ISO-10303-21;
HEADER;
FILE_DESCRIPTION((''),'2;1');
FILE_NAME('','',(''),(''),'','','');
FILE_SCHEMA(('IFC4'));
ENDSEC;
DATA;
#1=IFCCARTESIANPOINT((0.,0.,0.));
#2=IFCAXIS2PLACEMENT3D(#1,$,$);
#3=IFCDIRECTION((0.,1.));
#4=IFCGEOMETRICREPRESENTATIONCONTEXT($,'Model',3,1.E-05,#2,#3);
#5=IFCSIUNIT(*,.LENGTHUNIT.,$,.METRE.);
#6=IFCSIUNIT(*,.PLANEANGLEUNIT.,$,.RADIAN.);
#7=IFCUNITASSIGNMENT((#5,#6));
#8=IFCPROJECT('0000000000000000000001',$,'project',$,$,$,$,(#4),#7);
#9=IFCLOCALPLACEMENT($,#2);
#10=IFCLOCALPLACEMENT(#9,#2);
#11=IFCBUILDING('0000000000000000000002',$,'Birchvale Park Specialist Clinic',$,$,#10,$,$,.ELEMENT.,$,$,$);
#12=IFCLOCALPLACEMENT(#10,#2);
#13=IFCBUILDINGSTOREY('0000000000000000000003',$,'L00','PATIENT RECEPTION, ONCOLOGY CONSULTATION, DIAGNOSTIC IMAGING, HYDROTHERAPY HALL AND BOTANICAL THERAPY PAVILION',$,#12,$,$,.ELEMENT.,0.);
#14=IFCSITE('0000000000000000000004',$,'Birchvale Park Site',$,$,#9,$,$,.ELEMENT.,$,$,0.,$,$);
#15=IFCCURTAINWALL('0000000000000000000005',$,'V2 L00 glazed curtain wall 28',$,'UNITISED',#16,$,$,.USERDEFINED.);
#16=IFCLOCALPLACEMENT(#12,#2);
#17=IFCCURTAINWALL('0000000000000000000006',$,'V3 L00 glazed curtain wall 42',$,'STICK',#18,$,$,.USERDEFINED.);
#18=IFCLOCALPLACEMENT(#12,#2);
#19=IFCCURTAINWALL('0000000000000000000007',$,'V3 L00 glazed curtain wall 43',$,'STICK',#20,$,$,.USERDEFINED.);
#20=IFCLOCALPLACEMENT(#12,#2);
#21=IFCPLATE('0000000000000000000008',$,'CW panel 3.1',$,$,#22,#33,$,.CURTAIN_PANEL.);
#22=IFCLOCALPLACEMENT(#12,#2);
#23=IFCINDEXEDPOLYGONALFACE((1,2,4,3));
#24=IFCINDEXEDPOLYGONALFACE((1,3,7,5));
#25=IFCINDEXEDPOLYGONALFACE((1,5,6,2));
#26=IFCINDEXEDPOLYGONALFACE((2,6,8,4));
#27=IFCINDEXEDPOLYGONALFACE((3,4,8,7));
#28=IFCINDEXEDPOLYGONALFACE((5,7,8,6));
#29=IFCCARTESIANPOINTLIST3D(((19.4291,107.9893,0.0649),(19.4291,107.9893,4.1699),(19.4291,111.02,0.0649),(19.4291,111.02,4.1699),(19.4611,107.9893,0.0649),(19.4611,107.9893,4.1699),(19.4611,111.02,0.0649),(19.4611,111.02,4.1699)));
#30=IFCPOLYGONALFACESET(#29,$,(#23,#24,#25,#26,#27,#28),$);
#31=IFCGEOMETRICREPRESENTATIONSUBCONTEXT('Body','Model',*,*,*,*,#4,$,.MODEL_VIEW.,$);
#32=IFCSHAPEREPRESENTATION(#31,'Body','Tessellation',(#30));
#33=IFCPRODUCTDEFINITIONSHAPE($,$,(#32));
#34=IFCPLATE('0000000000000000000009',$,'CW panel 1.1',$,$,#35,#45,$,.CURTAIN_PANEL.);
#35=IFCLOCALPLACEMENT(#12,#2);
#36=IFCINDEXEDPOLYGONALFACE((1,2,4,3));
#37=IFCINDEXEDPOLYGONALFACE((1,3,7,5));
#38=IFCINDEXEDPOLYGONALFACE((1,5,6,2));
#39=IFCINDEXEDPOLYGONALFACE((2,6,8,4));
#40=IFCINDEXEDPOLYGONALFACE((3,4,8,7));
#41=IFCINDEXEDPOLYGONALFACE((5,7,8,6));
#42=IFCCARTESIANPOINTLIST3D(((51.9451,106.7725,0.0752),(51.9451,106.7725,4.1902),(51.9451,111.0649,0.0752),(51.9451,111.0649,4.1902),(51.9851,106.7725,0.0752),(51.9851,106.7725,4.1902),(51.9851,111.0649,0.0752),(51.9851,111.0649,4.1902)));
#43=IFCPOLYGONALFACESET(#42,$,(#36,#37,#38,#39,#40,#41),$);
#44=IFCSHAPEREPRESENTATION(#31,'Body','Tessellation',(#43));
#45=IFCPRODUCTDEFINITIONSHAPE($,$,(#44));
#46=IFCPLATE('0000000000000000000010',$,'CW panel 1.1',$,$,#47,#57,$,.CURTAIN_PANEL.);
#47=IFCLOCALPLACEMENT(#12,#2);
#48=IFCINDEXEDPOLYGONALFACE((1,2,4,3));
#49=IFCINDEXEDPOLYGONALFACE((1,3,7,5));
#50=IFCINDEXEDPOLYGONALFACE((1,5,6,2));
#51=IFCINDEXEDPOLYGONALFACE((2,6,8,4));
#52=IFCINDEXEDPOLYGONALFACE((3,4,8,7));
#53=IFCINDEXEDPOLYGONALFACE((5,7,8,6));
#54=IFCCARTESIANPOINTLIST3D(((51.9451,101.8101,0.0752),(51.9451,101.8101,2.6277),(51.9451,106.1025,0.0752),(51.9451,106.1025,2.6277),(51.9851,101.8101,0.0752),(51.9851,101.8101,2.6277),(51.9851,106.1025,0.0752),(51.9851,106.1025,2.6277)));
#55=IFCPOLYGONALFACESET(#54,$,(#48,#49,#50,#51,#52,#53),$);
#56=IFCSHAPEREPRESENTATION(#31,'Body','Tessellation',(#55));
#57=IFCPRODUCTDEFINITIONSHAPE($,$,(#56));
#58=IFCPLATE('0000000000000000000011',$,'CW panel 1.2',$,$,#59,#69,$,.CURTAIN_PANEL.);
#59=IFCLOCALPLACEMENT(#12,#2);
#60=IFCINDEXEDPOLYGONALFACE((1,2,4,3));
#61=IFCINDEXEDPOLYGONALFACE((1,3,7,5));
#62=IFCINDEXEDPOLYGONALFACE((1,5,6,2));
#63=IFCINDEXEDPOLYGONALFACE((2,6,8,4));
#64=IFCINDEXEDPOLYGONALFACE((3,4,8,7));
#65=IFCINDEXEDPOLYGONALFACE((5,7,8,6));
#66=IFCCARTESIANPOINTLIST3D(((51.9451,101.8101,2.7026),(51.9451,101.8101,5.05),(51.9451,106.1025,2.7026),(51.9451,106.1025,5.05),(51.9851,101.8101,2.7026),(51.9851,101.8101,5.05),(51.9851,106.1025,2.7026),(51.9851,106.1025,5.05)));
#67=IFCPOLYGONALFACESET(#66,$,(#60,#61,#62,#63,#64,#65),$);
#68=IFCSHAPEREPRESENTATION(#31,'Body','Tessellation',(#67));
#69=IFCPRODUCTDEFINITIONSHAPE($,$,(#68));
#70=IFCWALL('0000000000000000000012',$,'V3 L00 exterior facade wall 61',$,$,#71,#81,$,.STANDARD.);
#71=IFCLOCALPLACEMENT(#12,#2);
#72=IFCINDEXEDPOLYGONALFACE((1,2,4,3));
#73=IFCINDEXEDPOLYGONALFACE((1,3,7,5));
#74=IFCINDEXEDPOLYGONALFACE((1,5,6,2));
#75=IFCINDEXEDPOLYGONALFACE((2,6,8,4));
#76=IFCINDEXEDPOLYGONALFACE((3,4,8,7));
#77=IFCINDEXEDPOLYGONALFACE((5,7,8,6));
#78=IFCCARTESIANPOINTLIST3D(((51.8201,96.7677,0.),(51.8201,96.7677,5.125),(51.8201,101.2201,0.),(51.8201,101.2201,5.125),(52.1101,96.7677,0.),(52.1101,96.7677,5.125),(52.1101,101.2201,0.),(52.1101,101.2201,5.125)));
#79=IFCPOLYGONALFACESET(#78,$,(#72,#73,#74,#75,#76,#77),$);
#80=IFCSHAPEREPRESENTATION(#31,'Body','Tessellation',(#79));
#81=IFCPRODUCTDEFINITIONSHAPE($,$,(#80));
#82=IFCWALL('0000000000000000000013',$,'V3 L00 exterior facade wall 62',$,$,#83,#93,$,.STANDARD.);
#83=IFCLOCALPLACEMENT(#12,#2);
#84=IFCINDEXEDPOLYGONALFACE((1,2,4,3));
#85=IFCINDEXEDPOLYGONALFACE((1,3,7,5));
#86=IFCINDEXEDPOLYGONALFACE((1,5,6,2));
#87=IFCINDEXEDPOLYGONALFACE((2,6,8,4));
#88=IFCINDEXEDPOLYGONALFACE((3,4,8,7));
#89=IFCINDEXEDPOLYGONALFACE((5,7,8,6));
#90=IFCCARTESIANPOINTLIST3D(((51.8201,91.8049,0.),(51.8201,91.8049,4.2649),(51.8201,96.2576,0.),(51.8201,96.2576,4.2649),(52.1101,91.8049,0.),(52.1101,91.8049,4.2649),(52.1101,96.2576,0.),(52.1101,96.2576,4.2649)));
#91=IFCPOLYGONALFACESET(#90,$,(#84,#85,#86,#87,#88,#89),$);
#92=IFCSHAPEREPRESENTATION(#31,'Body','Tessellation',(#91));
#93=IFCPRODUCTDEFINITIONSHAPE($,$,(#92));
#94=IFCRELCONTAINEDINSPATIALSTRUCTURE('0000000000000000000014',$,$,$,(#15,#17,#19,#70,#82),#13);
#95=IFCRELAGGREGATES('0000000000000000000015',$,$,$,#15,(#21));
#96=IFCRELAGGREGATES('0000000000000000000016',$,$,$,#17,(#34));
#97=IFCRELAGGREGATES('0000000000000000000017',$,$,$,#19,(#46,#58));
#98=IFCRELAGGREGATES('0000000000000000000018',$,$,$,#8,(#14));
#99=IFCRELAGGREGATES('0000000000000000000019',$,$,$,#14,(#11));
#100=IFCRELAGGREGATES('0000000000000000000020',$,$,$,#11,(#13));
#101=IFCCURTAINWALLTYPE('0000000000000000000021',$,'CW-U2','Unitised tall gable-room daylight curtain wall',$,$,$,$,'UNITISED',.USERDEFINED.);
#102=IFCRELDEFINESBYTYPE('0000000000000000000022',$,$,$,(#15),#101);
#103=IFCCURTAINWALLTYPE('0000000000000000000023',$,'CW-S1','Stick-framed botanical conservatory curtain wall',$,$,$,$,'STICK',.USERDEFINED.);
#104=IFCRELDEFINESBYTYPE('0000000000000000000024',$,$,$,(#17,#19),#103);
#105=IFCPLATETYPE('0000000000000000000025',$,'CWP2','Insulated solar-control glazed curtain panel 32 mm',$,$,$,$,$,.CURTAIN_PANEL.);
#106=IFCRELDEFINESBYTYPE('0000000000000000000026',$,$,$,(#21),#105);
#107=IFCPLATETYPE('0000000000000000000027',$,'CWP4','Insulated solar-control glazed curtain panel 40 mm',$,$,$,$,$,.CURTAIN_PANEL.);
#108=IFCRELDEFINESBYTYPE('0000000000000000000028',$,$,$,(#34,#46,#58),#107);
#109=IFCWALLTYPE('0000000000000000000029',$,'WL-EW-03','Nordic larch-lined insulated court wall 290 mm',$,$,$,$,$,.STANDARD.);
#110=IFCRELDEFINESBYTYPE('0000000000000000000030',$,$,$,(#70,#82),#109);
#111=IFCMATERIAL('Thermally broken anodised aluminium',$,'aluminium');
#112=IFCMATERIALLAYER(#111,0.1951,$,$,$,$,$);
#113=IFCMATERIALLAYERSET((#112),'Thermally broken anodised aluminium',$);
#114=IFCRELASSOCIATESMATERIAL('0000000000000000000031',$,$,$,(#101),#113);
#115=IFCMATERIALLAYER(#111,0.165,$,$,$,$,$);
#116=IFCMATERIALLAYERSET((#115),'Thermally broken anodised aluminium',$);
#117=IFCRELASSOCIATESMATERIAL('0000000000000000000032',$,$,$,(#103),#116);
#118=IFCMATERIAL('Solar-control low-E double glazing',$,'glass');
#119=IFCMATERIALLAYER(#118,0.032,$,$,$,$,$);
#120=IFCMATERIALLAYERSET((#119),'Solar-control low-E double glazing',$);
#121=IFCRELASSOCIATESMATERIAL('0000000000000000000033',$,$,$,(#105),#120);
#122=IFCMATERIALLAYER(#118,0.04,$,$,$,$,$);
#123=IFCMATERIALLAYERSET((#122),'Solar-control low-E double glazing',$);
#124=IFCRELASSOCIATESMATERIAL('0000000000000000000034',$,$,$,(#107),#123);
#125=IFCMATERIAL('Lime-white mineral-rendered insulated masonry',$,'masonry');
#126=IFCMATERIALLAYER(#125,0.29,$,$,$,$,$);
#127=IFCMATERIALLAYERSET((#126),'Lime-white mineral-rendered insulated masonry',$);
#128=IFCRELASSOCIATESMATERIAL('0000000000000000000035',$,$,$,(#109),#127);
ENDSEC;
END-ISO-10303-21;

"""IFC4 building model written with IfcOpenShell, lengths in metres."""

from ifc_helpers import new_model, si_unit, direction, frame, frame_2d, origin, origin_2d, place, context, subcontext, project, spatial, rectangle, extrude, material, layer, layer_set, type_object, element, aggregate, save


model = new_model("IFC4")

# Units and contexts
model_context = context("Model", 3, precision=1e-05, world=origin(), true_north=direction((0.0, 1.0)))
body_context = subcontext(model_context, "Body", "Model", "MODEL_VIEW")
ifc_project = project(units=[si_unit("LENGTHUNIT", "METRE"), si_unit("PLANEANGLEUNIT", "RADIAN")], contexts=[model_context])

# Site, building, storey
site_placement = place(None, origin())
site = spatial("IfcSite", under=ifc_project, at=site_placement, Name="Birchvale Park Site", CompositionType="ELEMENT", RefElevation=0.0)
building_placement = place(site_placement, origin())
building = spatial("IfcBuilding", under=site, at=building_placement, Name="Birchvale Park Specialist Clinic", CompositionType="ELEMENT")
storey_placement = place(building_placement, origin())
storey = spatial("IfcBuildingStorey", under=building, at=storey_placement, Name="L00", Description="PATIENT RECEPTION, ONCOLOGY CONSULTATION, DIAGNOSTIC IMAGING, HYDROTHERAPY HALL AND BOTANICAL THERAPY PAVILION", CompositionType="ELEMENT", Elevation=0.0)

# Curtain walls
ifc_material_1 = material(Name="Thermally broken anodised aluminium", Category="aluminium")
ifc_layer_1 = layer(ifc_material_1, 0.1951)
ifc_layer_set_1 = layer_set([ifc_layer_1], Name="Thermally broken anodised aluminium")
curtain_wall_type_1 = type_object("IfcCurtainWallType", Name="CW-U2", Description="Unitised tall gable-room daylight curtain wall", ElementType="UNITISED", PredefinedType="USERDEFINED", material=ifc_layer_set_1)
curtain_wall_1_placement = place(storey_placement, origin())
curtain_wall_1 = element("IfcCurtainWall", 1, at=curtain_wall_1_placement, inside=storey, type_object=curtain_wall_type_1, Name="V2 L00 glazed curtain wall 28", ObjectType="UNITISED", PredefinedType="USERDEFINED")
ifc_layer_2 = layer(ifc_material_1, 0.165)
ifc_layer_set_2 = layer_set([ifc_layer_2], Name="Thermally broken anodised aluminium")
curtain_wall_type_2 = type_object("IfcCurtainWallType", Name="CW-S1", Description="Stick-framed botanical conservatory curtain wall", ElementType="STICK", PredefinedType="USERDEFINED", material=ifc_layer_set_2)
curtain_wall_2_placement = place(storey_placement, origin())
curtain_wall_2 = element("IfcCurtainWall", 2, at=curtain_wall_2_placement, inside=storey, type_object=curtain_wall_type_2, Name="V3 L00 glazed curtain wall 42", ObjectType="STICK", PredefinedType="USERDEFINED")
curtain_wall_3_placement = place(storey_placement, origin())
curtain_wall_3 = element("IfcCurtainWall", 3, at=curtain_wall_3_placement, inside=storey, type_object=curtain_wall_type_2, Name="V3 L00 glazed curtain wall 43", ObjectType="STICK", PredefinedType="USERDEFINED")

# Plates
ifc_material_2 = material(Name="Solar-control low-E double glazing", Category="glass")
ifc_layer_3 = layer(ifc_material_2, 0.032)
ifc_layer_set_3 = layer_set([ifc_layer_3], Name="Solar-control low-E double glazing")
plate_type_1 = type_object("IfcPlateType", Name="CWP2", Description="Insulated solar-control glazed curtain panel 32 mm", PredefinedType="CURTAIN_PANEL", material=ifc_layer_set_3)
plate_1_placement = place(storey_placement, frame((19.4451, 109.5046, 0.0649), z_axis=(0.0, 0.0, 1.0), x_axis=(0.0, 1.0, 0.0)))
plate_1 = element("IfcPlate", 4, at=plate_1_placement, type_object=plate_type_1, Name="CW panel 3.1", PredefinedType="CURTAIN_PANEL", context=body_context, shape_type="SweptSolid", body=[
    extrude(rectangle(XDim=3.0308, YDim=0.032, at=origin_2d()), origin(), (0.0, 0.0, 1.0), 4.105),
])
aggregate(curtain_wall_1, [plate_1])
ifc_layer_4 = layer(ifc_material_2, 0.04)
ifc_layer_set_4 = layer_set([ifc_layer_4], Name="Solar-control low-E double glazing")
plate_type_2 = type_object("IfcPlateType", Name="CWP4", Description="Insulated solar-control glazed curtain panel 40 mm", PredefinedType="CURTAIN_PANEL", material=ifc_layer_set_4)
plate_2_placement = place(storey_placement, frame((51.9651, 108.9187, 0.0752), z_axis=(0.0, 0.0, 1.0), x_axis=(0.0, -1.0, 0.0)))
plate_2 = element("IfcPlate", 5, at=plate_2_placement, type_object=plate_type_2, Name="CW panel 1.1", PredefinedType="CURTAIN_PANEL", context=body_context, shape_type="SweptSolid", body=[
    extrude(rectangle(XDim=4.2925, YDim=0.04, at=origin_2d()), origin(), (0.0, 0.0, 1.0), 4.115),
])
aggregate(curtain_wall_2, [plate_2])
plate_3_placement = place(storey_placement, frame((51.9651, 103.9563, 0.0752), z_axis=(0.0, 0.0, 1.0), x_axis=(0.0, -1.0, 0.0)))
plate_3 = element("IfcPlate", 6, at=plate_3_placement, type_object=plate_type_2, Name="CW panel 1.1", PredefinedType="CURTAIN_PANEL", context=body_context, shape_type="SweptSolid", body=[
    extrude(rectangle(XDim=4.2925, YDim=0.04, at=origin_2d()), origin(), (0.0, 0.0, 1.0), 2.5525),
])
plate_4_placement = place(storey_placement, frame((51.9651, 103.9563, 2.7026), z_axis=(0.0, 0.0, 1.0), x_axis=(0.0, -1.0, 0.0)))
plate_4 = element("IfcPlate", 7, at=plate_4_placement, type_object=plate_type_2, Name="CW panel 1.2", PredefinedType="CURTAIN_PANEL", context=body_context, shape_type="SweptSolid", body=[
    extrude(rectangle(XDim=4.2925, YDim=0.04, at=origin_2d()), origin(), (0.0, 0.0, 1.0), 2.3474),
])
aggregate(curtain_wall_3, [plate_3, plate_4])

# Walls
ifc_material_3 = material(Name="Lime-white mineral-rendered insulated masonry", Category="masonry")
ifc_layer_5 = layer(ifc_material_3, 0.29)
ifc_layer_set_5 = layer_set([ifc_layer_5], Name="Lime-white mineral-rendered insulated masonry")
wall_type = type_object("IfcWallType", Name="WL-EW-03", Description="Nordic larch-lined insulated court wall 290 mm", PredefinedType="STANDARD", material=ifc_layer_set_5)
wall_1_placement = place(storey_placement, frame((51.9651, 101.22, 0.0), z_axis=(0.0, 0.0, 1.0), x_axis=(0.0, -1.0, 0.0)))
element("IfcWall", 8, at=wall_1_placement, inside=storey, type_object=wall_type, Name="V3 L00 exterior facade wall 61", PredefinedType="STANDARD", context=body_context, shape_type="SweptSolid", body=[
    extrude(rectangle(XDim=4.4524, YDim=0.29, at=frame_2d((2.2261, 0.0))), origin(), (0.0, 0.0, 1.0), 5.125),
])
wall_2_placement = place(storey_placement, frame((51.9651, 96.2576, 0.0), z_axis=(0.0, 0.0, 1.0), x_axis=(0.0, -1.0, 0.0)))
element("IfcWall", 9, at=wall_2_placement, inside=storey, type_object=wall_type, Name="V3 L00 exterior facade wall 62", PredefinedType="STANDARD", context=body_context, shape_type="SweptSolid", body=[
    extrude(rectangle(XDim=4.4526, YDim=0.29, at=frame_2d((2.2263, 0.0))), origin(), (0.0, 0.0, 1.0), 4.2649),
])

save(model, "model.ifc")
